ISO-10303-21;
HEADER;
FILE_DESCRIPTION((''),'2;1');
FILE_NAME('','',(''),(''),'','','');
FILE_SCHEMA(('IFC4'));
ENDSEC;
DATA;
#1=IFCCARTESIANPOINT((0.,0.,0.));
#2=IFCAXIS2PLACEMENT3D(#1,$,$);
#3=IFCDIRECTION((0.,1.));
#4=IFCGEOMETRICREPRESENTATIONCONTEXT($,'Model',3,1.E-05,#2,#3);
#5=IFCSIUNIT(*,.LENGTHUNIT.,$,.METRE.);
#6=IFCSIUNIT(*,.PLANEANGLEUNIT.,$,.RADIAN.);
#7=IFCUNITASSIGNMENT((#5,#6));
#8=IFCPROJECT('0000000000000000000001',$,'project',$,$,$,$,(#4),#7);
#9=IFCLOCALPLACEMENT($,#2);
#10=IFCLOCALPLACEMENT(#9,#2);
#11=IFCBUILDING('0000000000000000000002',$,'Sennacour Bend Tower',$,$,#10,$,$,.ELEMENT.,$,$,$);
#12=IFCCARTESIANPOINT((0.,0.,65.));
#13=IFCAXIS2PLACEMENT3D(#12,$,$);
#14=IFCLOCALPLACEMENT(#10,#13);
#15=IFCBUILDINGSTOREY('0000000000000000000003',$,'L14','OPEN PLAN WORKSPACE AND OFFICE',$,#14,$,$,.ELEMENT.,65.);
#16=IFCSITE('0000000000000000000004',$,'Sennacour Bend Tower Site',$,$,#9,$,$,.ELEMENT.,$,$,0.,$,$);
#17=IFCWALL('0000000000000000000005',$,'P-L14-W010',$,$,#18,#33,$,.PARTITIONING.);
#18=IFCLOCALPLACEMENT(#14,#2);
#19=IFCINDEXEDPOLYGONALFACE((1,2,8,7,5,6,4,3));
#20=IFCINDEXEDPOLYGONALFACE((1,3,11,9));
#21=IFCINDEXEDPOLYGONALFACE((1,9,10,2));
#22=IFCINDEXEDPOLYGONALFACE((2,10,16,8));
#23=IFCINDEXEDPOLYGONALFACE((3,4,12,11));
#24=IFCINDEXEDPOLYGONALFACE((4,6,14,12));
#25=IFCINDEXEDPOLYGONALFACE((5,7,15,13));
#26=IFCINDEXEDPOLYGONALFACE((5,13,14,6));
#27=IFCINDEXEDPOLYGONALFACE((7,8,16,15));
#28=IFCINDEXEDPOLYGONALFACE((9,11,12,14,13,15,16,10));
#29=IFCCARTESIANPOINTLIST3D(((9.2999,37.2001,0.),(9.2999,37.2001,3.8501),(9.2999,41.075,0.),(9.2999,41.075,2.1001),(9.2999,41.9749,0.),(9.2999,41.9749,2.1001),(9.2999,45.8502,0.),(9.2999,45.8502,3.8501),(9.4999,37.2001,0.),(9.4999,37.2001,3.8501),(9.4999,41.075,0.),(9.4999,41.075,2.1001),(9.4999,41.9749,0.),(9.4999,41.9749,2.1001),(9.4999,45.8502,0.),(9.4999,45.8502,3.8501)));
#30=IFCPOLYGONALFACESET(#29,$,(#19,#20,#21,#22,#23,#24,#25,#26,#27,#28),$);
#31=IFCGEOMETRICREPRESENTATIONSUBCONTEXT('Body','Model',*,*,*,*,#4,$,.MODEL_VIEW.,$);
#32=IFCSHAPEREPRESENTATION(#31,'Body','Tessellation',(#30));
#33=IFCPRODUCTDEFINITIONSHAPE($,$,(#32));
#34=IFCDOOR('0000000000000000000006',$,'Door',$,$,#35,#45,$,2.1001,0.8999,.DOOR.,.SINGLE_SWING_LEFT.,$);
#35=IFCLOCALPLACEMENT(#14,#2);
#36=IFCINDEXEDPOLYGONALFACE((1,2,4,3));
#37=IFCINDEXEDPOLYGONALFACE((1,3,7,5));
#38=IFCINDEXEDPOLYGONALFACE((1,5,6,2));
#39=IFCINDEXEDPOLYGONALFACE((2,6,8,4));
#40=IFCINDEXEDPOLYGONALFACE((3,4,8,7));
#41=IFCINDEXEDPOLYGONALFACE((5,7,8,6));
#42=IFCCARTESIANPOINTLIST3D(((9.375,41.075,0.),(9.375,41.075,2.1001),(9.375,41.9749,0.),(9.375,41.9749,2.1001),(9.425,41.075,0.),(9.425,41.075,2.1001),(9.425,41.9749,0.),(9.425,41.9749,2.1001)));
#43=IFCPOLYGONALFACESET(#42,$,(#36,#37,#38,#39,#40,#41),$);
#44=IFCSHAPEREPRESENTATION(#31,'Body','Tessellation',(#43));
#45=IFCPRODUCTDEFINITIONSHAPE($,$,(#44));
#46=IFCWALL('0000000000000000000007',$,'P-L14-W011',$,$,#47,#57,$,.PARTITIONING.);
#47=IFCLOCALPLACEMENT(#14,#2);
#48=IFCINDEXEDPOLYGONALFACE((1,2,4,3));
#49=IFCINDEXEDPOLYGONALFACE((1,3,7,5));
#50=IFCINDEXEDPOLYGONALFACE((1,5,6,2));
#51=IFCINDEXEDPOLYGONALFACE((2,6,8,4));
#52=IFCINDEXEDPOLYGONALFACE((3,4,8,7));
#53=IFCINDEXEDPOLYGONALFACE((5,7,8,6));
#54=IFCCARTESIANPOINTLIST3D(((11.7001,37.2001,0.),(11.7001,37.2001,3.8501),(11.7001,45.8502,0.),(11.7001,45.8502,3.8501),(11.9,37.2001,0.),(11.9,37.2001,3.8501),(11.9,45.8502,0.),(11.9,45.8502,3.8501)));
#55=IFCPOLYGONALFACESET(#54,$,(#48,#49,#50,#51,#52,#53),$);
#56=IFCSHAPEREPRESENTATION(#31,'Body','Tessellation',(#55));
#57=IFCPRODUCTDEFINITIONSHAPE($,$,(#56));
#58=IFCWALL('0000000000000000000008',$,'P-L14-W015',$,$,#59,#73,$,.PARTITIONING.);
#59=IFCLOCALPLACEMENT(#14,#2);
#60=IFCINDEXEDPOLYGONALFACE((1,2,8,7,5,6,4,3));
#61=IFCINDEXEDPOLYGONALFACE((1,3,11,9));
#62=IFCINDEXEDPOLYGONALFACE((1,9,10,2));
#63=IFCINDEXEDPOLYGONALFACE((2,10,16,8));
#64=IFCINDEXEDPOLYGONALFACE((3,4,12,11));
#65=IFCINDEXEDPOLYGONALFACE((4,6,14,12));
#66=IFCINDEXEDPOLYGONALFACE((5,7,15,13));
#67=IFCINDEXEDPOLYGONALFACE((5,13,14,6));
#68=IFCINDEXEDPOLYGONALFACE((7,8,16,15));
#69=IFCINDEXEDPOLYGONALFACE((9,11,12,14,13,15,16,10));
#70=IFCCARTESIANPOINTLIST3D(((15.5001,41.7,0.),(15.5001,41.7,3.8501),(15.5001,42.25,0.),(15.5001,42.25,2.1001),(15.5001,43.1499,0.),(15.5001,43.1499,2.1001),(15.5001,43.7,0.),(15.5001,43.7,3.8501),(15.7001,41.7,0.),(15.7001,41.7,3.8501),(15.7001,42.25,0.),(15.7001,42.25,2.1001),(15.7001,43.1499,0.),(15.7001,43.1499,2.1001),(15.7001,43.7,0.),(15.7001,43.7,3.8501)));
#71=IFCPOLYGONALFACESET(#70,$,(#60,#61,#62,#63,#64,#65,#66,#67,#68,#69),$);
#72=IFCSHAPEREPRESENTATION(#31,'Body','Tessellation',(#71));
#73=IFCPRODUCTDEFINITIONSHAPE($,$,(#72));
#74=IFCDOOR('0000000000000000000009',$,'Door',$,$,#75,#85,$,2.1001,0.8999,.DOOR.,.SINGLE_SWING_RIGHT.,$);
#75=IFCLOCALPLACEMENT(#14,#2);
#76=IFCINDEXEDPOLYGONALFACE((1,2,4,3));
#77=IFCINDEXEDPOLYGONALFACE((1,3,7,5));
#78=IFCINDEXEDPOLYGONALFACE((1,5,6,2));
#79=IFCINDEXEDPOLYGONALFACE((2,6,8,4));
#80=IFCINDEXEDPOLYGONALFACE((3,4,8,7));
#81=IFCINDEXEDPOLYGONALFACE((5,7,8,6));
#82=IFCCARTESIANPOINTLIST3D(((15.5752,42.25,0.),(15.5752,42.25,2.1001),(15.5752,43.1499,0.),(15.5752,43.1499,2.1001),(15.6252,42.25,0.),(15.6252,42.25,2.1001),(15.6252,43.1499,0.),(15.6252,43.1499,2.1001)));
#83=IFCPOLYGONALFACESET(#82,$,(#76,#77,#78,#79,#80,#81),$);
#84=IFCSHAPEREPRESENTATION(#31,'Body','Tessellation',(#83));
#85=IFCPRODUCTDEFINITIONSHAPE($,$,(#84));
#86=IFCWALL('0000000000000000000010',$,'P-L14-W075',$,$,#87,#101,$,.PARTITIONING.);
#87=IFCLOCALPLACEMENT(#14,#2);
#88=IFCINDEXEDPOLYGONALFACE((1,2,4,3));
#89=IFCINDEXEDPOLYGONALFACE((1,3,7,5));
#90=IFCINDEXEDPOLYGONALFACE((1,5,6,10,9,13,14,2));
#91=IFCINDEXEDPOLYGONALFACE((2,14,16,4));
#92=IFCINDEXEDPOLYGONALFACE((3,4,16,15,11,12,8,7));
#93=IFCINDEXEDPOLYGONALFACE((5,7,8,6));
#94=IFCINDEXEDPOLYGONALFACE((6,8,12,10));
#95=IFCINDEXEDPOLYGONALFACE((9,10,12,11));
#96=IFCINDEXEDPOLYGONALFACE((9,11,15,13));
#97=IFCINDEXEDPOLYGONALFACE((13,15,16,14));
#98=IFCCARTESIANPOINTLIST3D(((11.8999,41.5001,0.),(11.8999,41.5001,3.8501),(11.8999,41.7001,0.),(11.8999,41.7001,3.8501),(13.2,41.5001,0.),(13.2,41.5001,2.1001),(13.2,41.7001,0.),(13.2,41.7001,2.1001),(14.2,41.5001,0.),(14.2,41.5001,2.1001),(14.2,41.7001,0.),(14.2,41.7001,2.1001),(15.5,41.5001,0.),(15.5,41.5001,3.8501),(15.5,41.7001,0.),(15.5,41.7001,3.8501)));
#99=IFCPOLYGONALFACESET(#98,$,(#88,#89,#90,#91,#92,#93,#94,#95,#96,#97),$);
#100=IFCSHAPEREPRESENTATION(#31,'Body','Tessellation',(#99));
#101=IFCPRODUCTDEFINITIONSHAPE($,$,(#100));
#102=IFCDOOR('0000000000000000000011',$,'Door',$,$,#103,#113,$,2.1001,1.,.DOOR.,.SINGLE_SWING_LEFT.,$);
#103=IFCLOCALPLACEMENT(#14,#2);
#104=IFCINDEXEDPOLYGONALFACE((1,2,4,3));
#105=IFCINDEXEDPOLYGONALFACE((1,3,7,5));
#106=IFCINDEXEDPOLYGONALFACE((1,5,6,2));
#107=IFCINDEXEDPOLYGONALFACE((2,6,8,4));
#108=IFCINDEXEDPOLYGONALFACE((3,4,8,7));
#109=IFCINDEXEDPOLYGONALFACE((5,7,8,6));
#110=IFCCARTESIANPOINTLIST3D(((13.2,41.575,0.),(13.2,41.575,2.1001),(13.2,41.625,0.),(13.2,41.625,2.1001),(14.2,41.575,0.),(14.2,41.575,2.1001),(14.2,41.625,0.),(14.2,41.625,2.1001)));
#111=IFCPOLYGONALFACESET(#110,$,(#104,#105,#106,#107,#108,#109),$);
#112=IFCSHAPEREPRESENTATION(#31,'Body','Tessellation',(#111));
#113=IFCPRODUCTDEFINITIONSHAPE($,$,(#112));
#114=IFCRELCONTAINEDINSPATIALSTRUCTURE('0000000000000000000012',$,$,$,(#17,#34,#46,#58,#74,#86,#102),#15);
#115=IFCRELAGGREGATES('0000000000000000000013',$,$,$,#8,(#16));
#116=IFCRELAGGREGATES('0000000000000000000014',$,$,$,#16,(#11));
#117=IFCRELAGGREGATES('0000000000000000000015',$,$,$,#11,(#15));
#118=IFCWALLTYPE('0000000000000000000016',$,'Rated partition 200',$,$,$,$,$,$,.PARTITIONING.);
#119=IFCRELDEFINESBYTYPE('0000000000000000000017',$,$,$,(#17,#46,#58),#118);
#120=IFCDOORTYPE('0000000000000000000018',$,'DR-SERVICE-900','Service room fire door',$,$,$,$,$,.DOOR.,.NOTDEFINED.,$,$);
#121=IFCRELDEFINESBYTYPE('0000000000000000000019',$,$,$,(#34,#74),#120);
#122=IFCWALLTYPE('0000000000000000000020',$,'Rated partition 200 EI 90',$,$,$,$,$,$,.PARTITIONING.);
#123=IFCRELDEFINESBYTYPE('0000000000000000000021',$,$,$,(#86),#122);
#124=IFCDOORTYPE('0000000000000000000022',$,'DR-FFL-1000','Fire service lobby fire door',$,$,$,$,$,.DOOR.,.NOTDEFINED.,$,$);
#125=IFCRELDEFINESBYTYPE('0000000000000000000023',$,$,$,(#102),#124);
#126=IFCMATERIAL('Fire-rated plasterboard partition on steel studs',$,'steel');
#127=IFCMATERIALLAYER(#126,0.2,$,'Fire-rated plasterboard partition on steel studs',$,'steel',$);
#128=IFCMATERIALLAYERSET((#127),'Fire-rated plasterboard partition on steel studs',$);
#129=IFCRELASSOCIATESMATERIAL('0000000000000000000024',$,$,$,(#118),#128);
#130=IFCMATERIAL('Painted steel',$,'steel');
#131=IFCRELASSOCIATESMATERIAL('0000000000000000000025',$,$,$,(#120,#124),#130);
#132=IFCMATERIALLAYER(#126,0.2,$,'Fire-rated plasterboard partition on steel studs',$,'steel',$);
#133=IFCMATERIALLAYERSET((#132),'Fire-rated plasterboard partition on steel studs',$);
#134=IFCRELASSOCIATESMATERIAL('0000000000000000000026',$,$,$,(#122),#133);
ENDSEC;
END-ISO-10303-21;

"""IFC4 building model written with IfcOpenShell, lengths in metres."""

from ifc_helpers import new_model, si_unit, direction, frame, frame_2d, origin, place, context, subcontext, project, spatial, rectangle, extrude, material, layer, layer_set, type_object, element, fill, save


model = new_model("IFC4")

# Units and contexts
model_context = context("Model", 3, precision=1e-05, world=origin(), true_north=direction((0.0, 1.0)))
body_context = subcontext(model_context, "Body", "Model", "MODEL_VIEW")
ifc_project = project(units=[si_unit("LENGTHUNIT", "METRE"), si_unit("PLANEANGLEUNIT", "RADIAN")], contexts=[model_context])

# Site, building, storey
site_placement = place(None, origin())
site = spatial("IfcSite", under=ifc_project, at=site_placement, Name="Sennacour Bend Tower Site", CompositionType="ELEMENT", RefElevation=0.0)
building_placement = place(site_placement, origin())
building = spatial("IfcBuilding", under=site, at=building_placement, Name="Sennacour Bend Tower", CompositionType="ELEMENT")
storey_placement = place(building_placement, frame((0.0, 0.0, 65.0)))
storey = spatial("IfcBuildingStorey", under=building, at=storey_placement, Name="L14", Description="OPEN PLAN WORKSPACE AND OFFICE", CompositionType="ELEMENT", Elevation=65.0)

# Wall, opening, door
ifc_material_1 = material(Name="Fire-rated plasterboard partition on steel studs", Category="steel")
ifc_layer_1 = layer(ifc_material_1, 0.2, Name="Fire-rated plasterboard partition on steel studs", Category="steel")
ifc_layer_set_1 = layer_set([ifc_layer_1], Name="Fire-rated plasterboard partition on steel studs")
wall_type_1 = type_object("IfcWallType", Name="Rated partition 200", PredefinedType="PARTITIONING", material=ifc_layer_set_1)
wall_1_placement = place(storey_placement, frame((9.3999, 37.2, 0.0), z_axis=(0.0, 0.0, 1.0), x_axis=(0.0, 1.0, 0.0)))
wall_1 = element("IfcWall", 1, at=wall_1_placement, inside=storey, type_object=wall_type_1, Name="P-L14-W010", PredefinedType="PARTITIONING", context=body_context, shape_type="SweptSolid", body=[
    extrude(rectangle(XDim=8.6501, YDim=0.2, at=frame_2d((4.3252, 0.0))), origin(), (0.0, 0.0, 1.0), 3.8501),
])
opening_1_placement = place(wall_1_placement, frame((3.875, 0.0, 0.0)))
opening_1 = element("IfcOpeningElement", 2, at=opening_1_placement, cuts=wall_1, PredefinedType="OPENING", context=body_context, shape_type="SweptSolid", body=[
    extrude(rectangle(XDim=0.8999, YDim=2.1001, at=frame_2d((0.45, 1.05))), frame((0.0, 0.1099, 0.0), z_axis=(0.0, -1.0, 0.0), x_axis=(1.0, 0.0, 0.0)), (0.0, 0.0, 1.0), 0.22),
])
ifc_material_2 = material(Name="Painted steel", Category="steel")
door_type_1 = type_object("IfcDoorType", Name="DR-SERVICE-900", Description="Service room fire door", OperationType="NOTDEFINED", PredefinedType="DOOR", material=ifc_material_2)
door_1_placement = place(opening_1_placement, origin())
door_1 = element("IfcDoor", 3, at=door_1_placement, inside=storey, type_object=door_type_1, Name="Door", OperationType="SINGLE_SWING_LEFT", OverallHeight=2.1001, OverallWidth=0.8999, PredefinedType="DOOR", context=body_context, shape_type="SweptSolid", body=[
    extrude(rectangle(XDim=0.8999, YDim=2.1001, at=frame_2d((0.45, 1.05))), frame((0.0, 0.0249, 0.0), z_axis=(0.0, -1.0, 0.0), x_axis=(1.0, 0.0, 0.0)), (0.0, 0.0, 1.0), 0.05),
])
fill(opening_1, door_1)

# Wall
wall_2_placement = place(storey_placement, frame((11.8, 37.2, 0.0), z_axis=(0.0, 0.0, 1.0), x_axis=(0.0, 1.0, 0.0)))
element("IfcWall", 4, at=wall_2_placement, inside=storey, type_object=wall_type_1, Name="P-L14-W011", PredefinedType="PARTITIONING", context=body_context, shape_type="SweptSolid", body=[
    extrude(rectangle(XDim=8.6501, YDim=0.2, at=frame_2d((4.3252, 0.0))), origin(), (0.0, 0.0, 1.0), 3.8501),
])

# Walls, openings, doors
wall_3_placement = place(storey_placement, frame((15.6001, 41.7, 0.0), z_axis=(0.0, 0.0, 1.0), x_axis=(0.0, 1.0, 0.0)))
wall_3 = element("IfcWall", 5, at=wall_3_placement, inside=storey, type_object=wall_type_1, Name="P-L14-W015", PredefinedType="PARTITIONING", context=body_context, shape_type="SweptSolid", body=[
    extrude(rectangle(XDim=2.0, YDim=0.2, at=frame_2d((1.0, 0.0))), origin(), (0.0, 0.0, 1.0), 3.8501),
])
opening_2_placement = place(wall_3_placement, frame((0.55, 0.0, 0.0)))
opening_2 = element("IfcOpeningElement", 6, at=opening_2_placement, cuts=wall_3, PredefinedType="OPENING", context=body_context, shape_type="SweptSolid", body=[
    extrude(rectangle(XDim=0.8999, YDim=2.1001, at=frame_2d((0.45, 1.05))), frame((0.0, 0.1099, 0.0), z_axis=(0.0, -1.0, 0.0), x_axis=(1.0, 0.0, 0.0)), (0.0, 0.0, 1.0), 0.22),
])
door_2_placement = place(opening_2_placement, origin())
door_2 = element("IfcDoor", 7, at=door_2_placement, inside=storey, type_object=door_type_1, Name="Door", OperationType="SINGLE_SWING_RIGHT", OverallHeight=2.1001, OverallWidth=0.8999, PredefinedType="DOOR", context=body_context, shape_type="SweptSolid", body=[
    extrude(rectangle(XDim=0.8999, YDim=2.1001, at=frame_2d((0.45, 1.05))), frame((0.0, 0.0249, 0.0), z_axis=(0.0, -1.0, 0.0), x_axis=(1.0, 0.0, 0.0)), (0.0, 0.0, 1.0), 0.05),
])
fill(opening_2, door_2)
ifc_layer_2 = layer(ifc_material_1, 0.2, Name="Fire-rated plasterboard partition on steel studs", Category="steel")
ifc_layer_set_2 = layer_set([ifc_layer_2], Name="Fire-rated plasterboard partition on steel studs")
wall_type_2 = type_object("IfcWallType", Name="Rated partition 200 EI 90", PredefinedType="PARTITIONING", material=ifc_layer_set_2)
wall_4_placement = place(storey_placement, frame((11.8999, 41.6001, 0.0), z_axis=(0.0, 0.0, 1.0), x_axis=(1.0, 0.0, 0.0)))
wall_4 = element("IfcWall", 8, at=wall_4_placement, inside=storey, type_object=wall_type_2, Name="P-L14-W075", PredefinedType="PARTITIONING", context=body_context, shape_type="SweptSolid", body=[
    extrude(rectangle(XDim=3.6001, YDim=0.2, at=frame_2d((1.8, 0.0))), origin(), (0.0, 0.0, 1.0), 3.8501),
])
opening_3_placement = place(wall_4_placement, frame((1.3, 0.0, 0.0)))
opening_3 = element("IfcOpeningElement", 9, at=opening_3_placement, cuts=wall_4, PredefinedType="OPENING", context=body_context, shape_type="SweptSolid", body=[
    extrude(rectangle(XDim=1.0, YDim=2.1001, at=frame_2d((0.5, 1.05))), frame((0.0, 0.1099, 0.0), z_axis=(0.0, -1.0, 0.0), x_axis=(1.0, 0.0, 0.0)), (0.0, 0.0, 1.0), 0.22),
])
door_type_2 = type_object("IfcDoorType", Name="DR-FFL-1000", Description="Fire service lobby fire door", OperationType="NOTDEFINED", PredefinedType="DOOR", material=ifc_material_2)
door_3_placement = place(opening_3_placement, origin())
door_3 = element("IfcDoor", 10, at=door_3_placement, inside=storey, type_object=door_type_2, Name="Door", OperationType="SINGLE_SWING_LEFT", OverallHeight=2.1001, OverallWidth=1.0, PredefinedType="DOOR", context=body_context, shape_type="SweptSolid", body=[
    extrude(rectangle(XDim=1.0, YDim=2.1001, at=frame_2d((0.5, 1.05))), frame((0.0, 0.0249, 0.0), z_axis=(0.0, -1.0, 0.0), x_axis=(1.0, 0.0, 0.0)), (0.0, 0.0, 1.0), 0.05),
])
fill(opening_3, door_3)

save(model, "model.ifc")
